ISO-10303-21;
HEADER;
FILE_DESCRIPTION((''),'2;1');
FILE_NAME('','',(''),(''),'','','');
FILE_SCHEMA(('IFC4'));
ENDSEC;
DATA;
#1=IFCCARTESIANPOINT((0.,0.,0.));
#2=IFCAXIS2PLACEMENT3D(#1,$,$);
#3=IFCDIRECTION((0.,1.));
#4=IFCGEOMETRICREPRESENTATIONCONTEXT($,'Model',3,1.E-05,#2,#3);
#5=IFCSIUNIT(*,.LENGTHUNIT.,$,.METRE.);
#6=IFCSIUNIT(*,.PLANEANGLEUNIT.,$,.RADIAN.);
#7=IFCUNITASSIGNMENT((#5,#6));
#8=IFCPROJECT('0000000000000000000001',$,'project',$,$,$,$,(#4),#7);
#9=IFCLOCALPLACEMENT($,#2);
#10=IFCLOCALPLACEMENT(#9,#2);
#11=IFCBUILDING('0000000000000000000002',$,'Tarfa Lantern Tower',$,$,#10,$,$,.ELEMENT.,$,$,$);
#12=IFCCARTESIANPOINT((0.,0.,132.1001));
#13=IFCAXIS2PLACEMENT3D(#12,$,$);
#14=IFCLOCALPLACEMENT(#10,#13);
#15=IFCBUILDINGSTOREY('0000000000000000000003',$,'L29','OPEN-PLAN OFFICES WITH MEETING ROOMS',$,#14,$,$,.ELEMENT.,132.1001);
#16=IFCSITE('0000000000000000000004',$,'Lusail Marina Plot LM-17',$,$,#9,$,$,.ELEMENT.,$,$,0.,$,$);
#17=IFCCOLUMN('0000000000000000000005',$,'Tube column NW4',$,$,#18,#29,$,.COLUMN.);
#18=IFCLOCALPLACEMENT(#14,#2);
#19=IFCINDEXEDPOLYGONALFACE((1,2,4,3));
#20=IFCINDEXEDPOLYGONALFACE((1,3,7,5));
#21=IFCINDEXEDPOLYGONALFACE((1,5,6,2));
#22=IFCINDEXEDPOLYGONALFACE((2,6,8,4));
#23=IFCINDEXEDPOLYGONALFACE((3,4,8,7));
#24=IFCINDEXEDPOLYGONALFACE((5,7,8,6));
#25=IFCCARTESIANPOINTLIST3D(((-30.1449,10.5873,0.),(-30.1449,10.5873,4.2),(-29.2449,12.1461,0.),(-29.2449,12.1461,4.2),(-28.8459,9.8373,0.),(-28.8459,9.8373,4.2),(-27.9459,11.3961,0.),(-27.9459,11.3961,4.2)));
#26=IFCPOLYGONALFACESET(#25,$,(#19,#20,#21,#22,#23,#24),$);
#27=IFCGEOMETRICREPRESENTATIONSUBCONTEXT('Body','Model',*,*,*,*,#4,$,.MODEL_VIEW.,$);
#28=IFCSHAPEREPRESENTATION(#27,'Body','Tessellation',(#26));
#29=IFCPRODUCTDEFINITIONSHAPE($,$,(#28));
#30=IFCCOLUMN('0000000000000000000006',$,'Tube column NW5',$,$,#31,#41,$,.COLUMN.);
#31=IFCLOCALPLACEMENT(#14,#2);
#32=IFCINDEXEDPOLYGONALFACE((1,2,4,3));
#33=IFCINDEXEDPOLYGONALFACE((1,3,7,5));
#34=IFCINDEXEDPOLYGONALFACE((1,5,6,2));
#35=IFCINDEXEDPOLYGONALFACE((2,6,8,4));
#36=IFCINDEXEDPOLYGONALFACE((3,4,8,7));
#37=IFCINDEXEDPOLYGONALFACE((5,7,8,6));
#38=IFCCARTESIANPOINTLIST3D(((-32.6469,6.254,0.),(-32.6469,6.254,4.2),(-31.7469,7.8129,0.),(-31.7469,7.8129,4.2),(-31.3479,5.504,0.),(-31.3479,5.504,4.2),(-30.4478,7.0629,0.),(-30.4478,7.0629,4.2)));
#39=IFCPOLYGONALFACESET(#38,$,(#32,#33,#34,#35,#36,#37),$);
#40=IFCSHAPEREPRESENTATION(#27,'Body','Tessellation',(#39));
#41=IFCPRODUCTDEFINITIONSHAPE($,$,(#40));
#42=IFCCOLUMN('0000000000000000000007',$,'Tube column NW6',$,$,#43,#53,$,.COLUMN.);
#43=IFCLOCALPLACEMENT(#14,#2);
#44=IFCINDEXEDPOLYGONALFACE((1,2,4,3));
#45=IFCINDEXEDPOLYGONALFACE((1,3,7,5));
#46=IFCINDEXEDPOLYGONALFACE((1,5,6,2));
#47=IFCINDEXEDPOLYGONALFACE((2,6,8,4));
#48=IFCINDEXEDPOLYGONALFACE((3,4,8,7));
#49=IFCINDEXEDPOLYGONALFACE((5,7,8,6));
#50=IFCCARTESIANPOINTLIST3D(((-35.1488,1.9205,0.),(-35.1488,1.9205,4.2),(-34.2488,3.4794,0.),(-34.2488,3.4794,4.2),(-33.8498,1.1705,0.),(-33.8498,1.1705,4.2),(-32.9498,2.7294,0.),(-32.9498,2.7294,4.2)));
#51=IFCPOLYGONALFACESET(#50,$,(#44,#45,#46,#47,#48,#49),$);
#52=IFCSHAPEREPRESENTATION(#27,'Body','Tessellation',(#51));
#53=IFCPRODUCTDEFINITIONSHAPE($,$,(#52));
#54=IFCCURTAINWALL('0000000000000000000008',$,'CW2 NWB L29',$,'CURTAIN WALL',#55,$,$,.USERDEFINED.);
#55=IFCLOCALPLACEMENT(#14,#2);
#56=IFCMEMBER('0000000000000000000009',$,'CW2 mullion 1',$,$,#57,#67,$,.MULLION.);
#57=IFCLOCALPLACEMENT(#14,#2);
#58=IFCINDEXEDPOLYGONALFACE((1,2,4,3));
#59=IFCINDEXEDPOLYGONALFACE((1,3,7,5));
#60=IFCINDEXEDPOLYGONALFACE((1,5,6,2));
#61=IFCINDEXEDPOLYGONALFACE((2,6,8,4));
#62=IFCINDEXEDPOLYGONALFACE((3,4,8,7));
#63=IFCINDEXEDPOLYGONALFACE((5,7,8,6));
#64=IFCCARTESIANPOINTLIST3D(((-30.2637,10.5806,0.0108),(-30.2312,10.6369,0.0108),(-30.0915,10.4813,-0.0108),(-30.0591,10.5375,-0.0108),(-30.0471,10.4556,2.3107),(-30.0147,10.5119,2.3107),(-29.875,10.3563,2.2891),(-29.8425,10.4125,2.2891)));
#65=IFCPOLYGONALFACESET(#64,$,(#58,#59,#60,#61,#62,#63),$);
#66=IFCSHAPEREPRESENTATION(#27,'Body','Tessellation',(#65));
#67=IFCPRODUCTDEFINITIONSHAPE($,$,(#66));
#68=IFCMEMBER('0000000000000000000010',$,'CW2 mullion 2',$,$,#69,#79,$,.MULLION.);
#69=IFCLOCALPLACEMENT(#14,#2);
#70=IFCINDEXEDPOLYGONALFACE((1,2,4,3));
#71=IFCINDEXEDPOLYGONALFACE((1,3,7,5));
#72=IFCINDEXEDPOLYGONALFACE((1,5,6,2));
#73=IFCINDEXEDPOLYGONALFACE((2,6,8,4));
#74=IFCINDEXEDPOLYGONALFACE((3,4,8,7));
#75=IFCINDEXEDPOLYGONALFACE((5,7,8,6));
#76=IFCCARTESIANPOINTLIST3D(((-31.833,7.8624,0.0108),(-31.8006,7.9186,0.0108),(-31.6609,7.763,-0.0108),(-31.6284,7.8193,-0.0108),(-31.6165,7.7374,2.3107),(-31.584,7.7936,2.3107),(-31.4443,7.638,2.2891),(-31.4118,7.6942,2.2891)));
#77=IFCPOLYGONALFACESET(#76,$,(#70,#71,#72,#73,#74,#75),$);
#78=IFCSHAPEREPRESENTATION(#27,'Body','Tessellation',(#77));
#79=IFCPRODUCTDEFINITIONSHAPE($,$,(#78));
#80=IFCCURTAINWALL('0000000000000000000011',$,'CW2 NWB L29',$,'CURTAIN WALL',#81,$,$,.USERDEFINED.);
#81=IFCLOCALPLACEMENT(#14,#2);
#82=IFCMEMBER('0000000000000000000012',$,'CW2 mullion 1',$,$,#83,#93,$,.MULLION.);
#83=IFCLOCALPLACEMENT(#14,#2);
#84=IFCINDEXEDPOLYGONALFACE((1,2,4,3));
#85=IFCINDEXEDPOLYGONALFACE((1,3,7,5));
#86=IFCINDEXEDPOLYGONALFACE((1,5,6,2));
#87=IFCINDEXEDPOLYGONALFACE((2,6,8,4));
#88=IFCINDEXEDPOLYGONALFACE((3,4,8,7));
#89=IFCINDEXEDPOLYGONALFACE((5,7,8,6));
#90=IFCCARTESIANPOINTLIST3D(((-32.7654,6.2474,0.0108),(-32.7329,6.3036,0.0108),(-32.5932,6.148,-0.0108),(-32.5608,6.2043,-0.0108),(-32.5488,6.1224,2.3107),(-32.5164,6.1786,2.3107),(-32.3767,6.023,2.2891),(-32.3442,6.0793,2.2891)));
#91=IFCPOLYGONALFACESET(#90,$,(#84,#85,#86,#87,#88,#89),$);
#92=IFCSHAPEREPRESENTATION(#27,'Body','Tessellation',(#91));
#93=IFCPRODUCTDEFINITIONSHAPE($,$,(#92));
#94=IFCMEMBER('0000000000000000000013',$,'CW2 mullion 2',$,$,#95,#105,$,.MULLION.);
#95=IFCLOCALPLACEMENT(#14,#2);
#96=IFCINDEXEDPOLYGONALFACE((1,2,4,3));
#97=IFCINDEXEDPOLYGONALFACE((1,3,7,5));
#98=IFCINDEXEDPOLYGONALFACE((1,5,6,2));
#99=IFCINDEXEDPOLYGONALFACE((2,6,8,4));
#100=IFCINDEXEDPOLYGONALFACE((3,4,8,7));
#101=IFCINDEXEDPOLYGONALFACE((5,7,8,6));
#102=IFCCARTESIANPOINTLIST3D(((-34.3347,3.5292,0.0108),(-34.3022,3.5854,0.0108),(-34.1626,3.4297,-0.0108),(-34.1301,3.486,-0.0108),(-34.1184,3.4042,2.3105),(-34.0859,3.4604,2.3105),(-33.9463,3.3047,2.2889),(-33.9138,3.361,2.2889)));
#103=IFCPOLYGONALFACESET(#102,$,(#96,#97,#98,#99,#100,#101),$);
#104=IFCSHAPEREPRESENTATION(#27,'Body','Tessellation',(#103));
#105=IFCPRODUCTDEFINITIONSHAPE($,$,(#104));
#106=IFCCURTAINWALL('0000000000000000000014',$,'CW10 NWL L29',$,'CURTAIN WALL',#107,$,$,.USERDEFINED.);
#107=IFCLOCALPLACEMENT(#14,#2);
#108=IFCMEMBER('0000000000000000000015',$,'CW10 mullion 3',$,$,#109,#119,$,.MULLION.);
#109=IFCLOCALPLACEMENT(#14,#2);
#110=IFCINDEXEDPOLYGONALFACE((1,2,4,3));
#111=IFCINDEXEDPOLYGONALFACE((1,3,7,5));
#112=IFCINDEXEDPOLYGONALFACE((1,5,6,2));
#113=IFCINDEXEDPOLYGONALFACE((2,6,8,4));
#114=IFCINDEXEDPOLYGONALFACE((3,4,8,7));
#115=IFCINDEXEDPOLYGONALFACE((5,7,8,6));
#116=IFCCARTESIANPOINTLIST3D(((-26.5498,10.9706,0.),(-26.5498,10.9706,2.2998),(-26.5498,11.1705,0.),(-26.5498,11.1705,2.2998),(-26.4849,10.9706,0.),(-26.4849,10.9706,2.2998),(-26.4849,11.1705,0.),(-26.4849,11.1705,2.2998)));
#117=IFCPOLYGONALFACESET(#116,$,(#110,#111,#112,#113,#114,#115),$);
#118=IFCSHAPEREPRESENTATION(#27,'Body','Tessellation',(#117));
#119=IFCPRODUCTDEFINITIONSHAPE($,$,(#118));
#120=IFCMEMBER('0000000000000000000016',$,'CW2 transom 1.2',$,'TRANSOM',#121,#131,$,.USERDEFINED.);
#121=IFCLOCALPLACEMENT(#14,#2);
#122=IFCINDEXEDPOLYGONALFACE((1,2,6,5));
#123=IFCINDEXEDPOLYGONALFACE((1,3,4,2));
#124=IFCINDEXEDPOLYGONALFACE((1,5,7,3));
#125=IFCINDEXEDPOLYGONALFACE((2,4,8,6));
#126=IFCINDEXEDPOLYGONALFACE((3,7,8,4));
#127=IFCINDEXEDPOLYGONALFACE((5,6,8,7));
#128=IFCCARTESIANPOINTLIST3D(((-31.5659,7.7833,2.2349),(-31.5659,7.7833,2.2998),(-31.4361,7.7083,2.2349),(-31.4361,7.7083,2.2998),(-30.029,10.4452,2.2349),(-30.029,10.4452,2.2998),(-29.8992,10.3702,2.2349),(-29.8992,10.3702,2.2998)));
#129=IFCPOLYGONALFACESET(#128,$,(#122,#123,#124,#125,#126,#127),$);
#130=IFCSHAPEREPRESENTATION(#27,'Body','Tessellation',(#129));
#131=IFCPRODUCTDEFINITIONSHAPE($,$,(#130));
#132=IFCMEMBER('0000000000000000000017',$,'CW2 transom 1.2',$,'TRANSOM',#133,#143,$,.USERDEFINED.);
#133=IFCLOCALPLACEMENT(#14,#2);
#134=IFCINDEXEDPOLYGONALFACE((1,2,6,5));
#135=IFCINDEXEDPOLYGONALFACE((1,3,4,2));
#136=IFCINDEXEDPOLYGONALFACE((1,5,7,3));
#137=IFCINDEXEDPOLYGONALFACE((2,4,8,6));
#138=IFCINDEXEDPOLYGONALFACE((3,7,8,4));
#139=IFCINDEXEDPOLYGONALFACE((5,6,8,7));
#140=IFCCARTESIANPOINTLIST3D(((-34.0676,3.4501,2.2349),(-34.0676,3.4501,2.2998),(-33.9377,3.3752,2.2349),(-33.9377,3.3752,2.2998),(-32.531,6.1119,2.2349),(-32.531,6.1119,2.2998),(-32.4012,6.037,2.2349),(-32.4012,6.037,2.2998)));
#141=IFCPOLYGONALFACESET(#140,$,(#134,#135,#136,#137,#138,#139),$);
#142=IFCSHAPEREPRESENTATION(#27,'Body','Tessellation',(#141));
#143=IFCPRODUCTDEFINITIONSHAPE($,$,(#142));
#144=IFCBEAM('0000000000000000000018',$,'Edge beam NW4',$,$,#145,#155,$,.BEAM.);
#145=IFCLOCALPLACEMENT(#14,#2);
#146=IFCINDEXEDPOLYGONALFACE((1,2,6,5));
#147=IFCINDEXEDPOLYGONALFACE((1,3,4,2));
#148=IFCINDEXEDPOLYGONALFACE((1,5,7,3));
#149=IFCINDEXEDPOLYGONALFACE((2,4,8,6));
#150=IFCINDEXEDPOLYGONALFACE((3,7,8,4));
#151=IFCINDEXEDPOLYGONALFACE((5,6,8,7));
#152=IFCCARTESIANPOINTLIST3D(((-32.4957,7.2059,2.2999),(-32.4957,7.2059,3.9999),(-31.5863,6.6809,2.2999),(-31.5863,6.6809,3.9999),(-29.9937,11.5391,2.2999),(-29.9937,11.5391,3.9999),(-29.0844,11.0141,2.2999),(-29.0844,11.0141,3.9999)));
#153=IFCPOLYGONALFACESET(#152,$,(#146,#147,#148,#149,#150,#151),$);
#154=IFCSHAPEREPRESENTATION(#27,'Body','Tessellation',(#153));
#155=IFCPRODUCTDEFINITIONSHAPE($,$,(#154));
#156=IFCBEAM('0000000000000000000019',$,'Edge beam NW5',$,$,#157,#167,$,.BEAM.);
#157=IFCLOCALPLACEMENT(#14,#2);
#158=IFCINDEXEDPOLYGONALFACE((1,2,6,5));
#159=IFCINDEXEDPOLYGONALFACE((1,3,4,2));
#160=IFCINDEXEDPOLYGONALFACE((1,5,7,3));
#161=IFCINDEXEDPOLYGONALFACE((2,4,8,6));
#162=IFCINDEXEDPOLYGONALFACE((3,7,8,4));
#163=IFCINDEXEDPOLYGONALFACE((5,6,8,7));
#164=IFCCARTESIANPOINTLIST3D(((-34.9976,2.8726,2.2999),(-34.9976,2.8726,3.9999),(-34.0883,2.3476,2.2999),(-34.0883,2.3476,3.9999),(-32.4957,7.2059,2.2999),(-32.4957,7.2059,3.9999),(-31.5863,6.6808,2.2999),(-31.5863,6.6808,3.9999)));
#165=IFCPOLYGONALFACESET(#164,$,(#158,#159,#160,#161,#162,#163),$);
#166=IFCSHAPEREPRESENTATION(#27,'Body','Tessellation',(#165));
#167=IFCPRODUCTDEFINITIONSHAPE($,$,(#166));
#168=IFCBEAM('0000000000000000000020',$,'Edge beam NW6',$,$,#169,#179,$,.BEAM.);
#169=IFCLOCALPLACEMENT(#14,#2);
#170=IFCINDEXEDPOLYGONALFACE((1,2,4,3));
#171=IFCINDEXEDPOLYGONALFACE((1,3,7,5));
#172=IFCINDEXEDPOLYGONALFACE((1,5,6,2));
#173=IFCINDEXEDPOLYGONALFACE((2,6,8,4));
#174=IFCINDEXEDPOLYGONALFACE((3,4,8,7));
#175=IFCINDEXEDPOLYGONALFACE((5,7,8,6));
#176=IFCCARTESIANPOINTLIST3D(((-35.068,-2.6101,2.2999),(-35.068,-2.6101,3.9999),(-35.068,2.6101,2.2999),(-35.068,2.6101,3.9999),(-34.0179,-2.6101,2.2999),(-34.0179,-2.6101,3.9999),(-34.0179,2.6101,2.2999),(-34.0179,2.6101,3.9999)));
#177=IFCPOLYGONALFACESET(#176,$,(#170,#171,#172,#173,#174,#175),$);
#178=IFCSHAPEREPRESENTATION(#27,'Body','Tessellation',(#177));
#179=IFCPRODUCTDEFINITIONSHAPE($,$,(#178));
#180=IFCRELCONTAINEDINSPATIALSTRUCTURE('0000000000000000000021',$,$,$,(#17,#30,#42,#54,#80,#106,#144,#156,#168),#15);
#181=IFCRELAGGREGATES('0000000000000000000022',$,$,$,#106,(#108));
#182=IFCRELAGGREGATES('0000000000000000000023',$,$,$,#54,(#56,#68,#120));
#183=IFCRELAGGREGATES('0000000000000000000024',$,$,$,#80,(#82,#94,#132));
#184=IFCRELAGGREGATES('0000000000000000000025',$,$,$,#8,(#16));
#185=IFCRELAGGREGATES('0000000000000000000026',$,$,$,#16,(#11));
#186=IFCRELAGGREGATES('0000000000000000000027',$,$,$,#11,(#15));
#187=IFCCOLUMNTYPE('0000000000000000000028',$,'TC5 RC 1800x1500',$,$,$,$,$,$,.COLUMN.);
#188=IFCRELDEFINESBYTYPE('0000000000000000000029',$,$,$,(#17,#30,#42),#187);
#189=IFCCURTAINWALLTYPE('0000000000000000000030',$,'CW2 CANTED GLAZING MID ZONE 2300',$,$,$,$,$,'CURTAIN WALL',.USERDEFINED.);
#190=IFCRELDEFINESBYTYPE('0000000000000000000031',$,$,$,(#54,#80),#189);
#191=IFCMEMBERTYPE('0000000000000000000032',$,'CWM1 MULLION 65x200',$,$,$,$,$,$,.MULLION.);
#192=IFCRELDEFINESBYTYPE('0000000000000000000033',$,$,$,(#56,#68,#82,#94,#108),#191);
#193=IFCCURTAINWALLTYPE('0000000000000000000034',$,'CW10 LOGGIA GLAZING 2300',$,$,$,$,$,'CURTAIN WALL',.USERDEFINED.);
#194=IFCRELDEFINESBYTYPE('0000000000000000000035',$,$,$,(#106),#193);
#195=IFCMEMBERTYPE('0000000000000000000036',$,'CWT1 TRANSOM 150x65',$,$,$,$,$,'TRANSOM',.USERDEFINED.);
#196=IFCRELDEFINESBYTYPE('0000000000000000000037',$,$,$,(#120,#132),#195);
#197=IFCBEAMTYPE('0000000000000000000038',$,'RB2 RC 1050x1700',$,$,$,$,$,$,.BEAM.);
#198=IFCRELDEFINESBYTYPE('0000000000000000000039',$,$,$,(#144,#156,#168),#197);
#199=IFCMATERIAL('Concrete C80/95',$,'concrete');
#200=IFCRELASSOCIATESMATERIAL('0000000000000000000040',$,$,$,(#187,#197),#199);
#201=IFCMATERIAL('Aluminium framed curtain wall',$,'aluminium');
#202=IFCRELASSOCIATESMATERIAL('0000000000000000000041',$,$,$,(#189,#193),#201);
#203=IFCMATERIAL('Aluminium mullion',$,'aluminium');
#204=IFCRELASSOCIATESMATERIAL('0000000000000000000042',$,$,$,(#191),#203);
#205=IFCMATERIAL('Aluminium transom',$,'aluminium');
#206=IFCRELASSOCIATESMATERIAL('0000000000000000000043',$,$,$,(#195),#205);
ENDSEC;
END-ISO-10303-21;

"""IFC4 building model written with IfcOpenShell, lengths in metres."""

from ifc_helpers import new_model, si_unit, direction, frame, origin, origin_2d, place, context, subcontext, project, spatial, rectangle, extrude, material, material_profile, profile_set, type_object, element, aggregate, save


model = new_model("IFC4")

# Units and contexts
model_context = context("Model", 3, precision=1e-05, world=origin(), true_north=direction((0.0, 1.0)))
body_context = subcontext(model_context, "Body", "Model", "MODEL_VIEW")
ifc_project = project(units=[si_unit("LENGTHUNIT", "METRE"), si_unit("PLANEANGLEUNIT", "RADIAN")], contexts=[model_context])

# Site, building, storey
site_placement = place(None, origin())
site = spatial("IfcSite", under=ifc_project, at=site_placement, Name="Lusail Marina Plot LM-17", CompositionType="ELEMENT", RefElevation=0.0)
building_placement = place(site_placement, origin())
building = spatial("IfcBuilding", under=site, at=building_placement, Name="Tarfa Lantern Tower", CompositionType="ELEMENT")
storey_placement = place(building_placement, frame((0.0, 0.0, 132.1001)))
storey = spatial("IfcBuildingStorey", under=building, at=storey_placement, Name="L29", Description="OPEN-PLAN OFFICES WITH MEETING ROOMS", CompositionType="ELEMENT", Elevation=132.1001)

# Columns
ifc_material_1 = material(Name="Concrete C80/95", Category="concrete")
ifc_material_profile_1 = material_profile(ifc_material_1, rectangle(XDim=1.8, YDim=1.5, at=origin_2d()), Name="RC 1800x1500")
ifc_profile_set_1 = profile_set([ifc_material_profile_1], Name="Concrete C80/95")
column_type = type_object("IfcColumnType", Name="TC5 RC 1800x1500", PredefinedType="COLUMN", material=ifc_profile_set_1)
for number, where, z_axis, x_axis, name in (
    (1, (-29.0454, 10.9917, 0.0), (0.0, 0.0, 1.0), (-0.5, -0.866025, 0.0), "Tube column NW4"),
    (2, (-31.5474, 6.6584, 0.0), (0.0, 0.0, 1.0), (-0.5, -0.866025, 0.0), "Tube column NW5"),
    (3, (-34.0493, 2.325, 0.0), (0.0, 0.0, 1.0), (-0.5, -0.866025, 0.0), "Tube column NW6"),
):
    element("IfcColumn", number, at=place(storey_placement, frame(where, z_axis=z_axis, x_axis=x_axis)), inside=storey, type_object=column_type, Name=name, PredefinedType="COLUMN", context=body_context, shape_type="SweptSolid", body=[
        extrude(rectangle(XDim=1.8, YDim=1.5, at=origin_2d()), origin(), (0.0, 0.0, 1.0), 4.2),
    ])

# Curtain walls, members
ifc_material_2 = material(Name="Aluminium framed curtain wall", Category="aluminium")
curtain_wall_type_1 = type_object("IfcCurtainWallType", Name="CW2 CANTED GLAZING MID ZONE 2300", ElementType="CURTAIN WALL", PredefinedType="USERDEFINED", material=ifc_material_2)
curtain_wall_1_placement = place(storey_placement, origin())
curtain_wall_1 = element("IfcCurtainWall", 4, at=curtain_wall_1_placement, inside=storey, type_object=curtain_wall_type_1, Name="CW2 NWB L29", ObjectType="CURTAIN WALL", PredefinedType="USERDEFINED")
ifc_material_3 = material(Name="Aluminium mullion", Category="aluminium")
ifc_material_profile_2 = material_profile(ifc_material_3, rectangle(XDim=0.0649, YDim=0.2, at=origin_2d()), Name="AL MULLION 65x200")
ifc_profile_set_2 = profile_set([ifc_material_profile_2], Name="Aluminium mullion")
member_type_1 = type_object("IfcMemberType", Name="CWM1 MULLION 65x200", PredefinedType="MULLION", material=ifc_profile_set_2)
member_1_placement = place(storey_placement, frame((-30.1614, 10.5591, 0.0), z_axis=(0.09361, -0.054034, 0.994142), x_axis=(0.49992, 0.866072, 0.0)))
member_1 = element("IfcMember", 5, at=member_1_placement, type_object=member_type_1, Name="CW2 mullion 1", PredefinedType="MULLION", context=body_context, shape_type="SweptSolid", body=[
    extrude(rectangle(XDim=0.0649, YDim=0.2, at=origin_2d()), origin(), (0.0, 0.0, 1.0), 2.3135),
])
member_2_placement = place(storey_placement, frame((-31.7307, 7.8408, 0.0), z_axis=(0.09361, -0.054034, 0.994142), x_axis=(0.49992, 0.866072, 0.0)))
member_2 = element("IfcMember", 6, at=member_2_placement, type_object=member_type_1, Name="CW2 mullion 2", PredefinedType="MULLION", context=body_context, shape_type="SweptSolid", body=[
    extrude(rectangle(XDim=0.0649, YDim=0.2, at=origin_2d()), origin(), (0.0, 0.0, 1.0), 2.3135),
])
curtain_wall_2_placement = place(storey_placement, origin())
curtain_wall_2 = element("IfcCurtainWall", 7, at=curtain_wall_2_placement, inside=storey, type_object=curtain_wall_type_1, Name="CW2 NWB L29", ObjectType="CURTAIN WALL", PredefinedType="USERDEFINED")
member_3_placement = place(storey_placement, frame((-32.6631, 6.2258, 0.0), z_axis=(0.09361, -0.054034, 0.994142), x_axis=(0.49992, 0.866072, 0.0)))
member_3 = element("IfcMember", 8, at=member_3_placement, type_object=member_type_1, Name="CW2 mullion 1", PredefinedType="MULLION", context=body_context, shape_type="SweptSolid", body=[
    extrude(rectangle(XDim=0.0649, YDim=0.2, at=origin_2d()), origin(), (0.0, 0.0, 1.0), 2.3135),
])
member_4_placement = place(storey_placement, frame((-34.2324, 3.5076, 0.0), z_axis=(0.093505, -0.054035, 0.994151), x_axis=(0.500343, 0.865827, 0.0)))
member_4 = element("IfcMember", 9, at=member_4_placement, type_object=member_type_1, Name="CW2 mullion 2", PredefinedType="MULLION", context=body_context, shape_type="SweptSolid", body=[
    extrude(rectangle(XDim=0.0649, YDim=0.2, at=origin_2d()), origin(), (0.0, 0.0, 1.0), 2.3132),
])

# Curtain wall, member
curtain_wall_type_2 = type_object("IfcCurtainWallType", Name="CW10 LOGGIA GLAZING 2300", ElementType="CURTAIN WALL", PredefinedType="USERDEFINED", material=ifc_material_2)
curtain_wall_3_placement = place(storey_placement, origin())
curtain_wall_3 = element("IfcCurtainWall", 10, at=curtain_wall_3_placement, inside=storey, type_object=curtain_wall_type_2, Name="CW10 NWL L29", ObjectType="CURTAIN WALL", PredefinedType="USERDEFINED")
member_5_placement = place(storey_placement, frame((-26.5173, 11.0706, 0.0), z_axis=(0.0, 0.0, 1.0), x_axis=(1.0, 0.0, 0.0)))
member_5 = element("IfcMember", 11, at=member_5_placement, type_object=member_type_1, Name="CW10 mullion 3", PredefinedType="MULLION", context=body_context, shape_type="SweptSolid", body=[
    extrude(rectangle(XDim=0.0649, YDim=0.2, at=origin_2d()), origin(), (0.0, 0.0, 1.0), 2.2998),
])
aggregate(curtain_wall_3, [member_5])

# Members
ifc_material_4 = material(Name="Aluminium transom", Category="aluminium")
ifc_material_profile_3 = material_profile(ifc_material_4, rectangle(XDim=0.1499, YDim=0.0649, at=origin_2d()), Name="AL TRANSOM 150x65")
ifc_profile_set_3 = profile_set([ifc_material_profile_3], Name="Aluminium transom")
member_type_2 = type_object("IfcMemberType", Name="CWT1 TRANSOM 150x65", ElementType="TRANSOM", PredefinedType="USERDEFINED", material=ifc_profile_set_3)
member_6_placement = place(storey_placement, frame((-29.9641, 10.4077, 2.2673), z_axis=(-0.500009, -0.86602, 0.0), x_axis=(0.86602, -0.500009, 0.0)))
member_6 = element("IfcMember", 12, at=member_6_placement, type_object=member_type_2, Name="CW2 transom 1.2", ObjectType="TRANSOM", PredefinedType="USERDEFINED", context=body_context, shape_type="SweptSolid", body=[
    extrude(rectangle(XDim=0.1499, YDim=0.0649, at=origin_2d()), origin(), (0.0, 0.0, 1.0), 3.0737),
])
member_7_placement = place(storey_placement, frame((-32.4661, 6.0745, 2.2673), z_axis=(-0.499949, -0.866055, 0.0), x_axis=(0.866055, -0.499949, 0.0)))
member_7 = element("IfcMember", 13, at=member_7_placement, type_object=member_type_2, Name="CW2 transom 1.2", ObjectType="TRANSOM", PredefinedType="USERDEFINED", context=body_context, shape_type="SweptSolid", body=[
    extrude(rectangle(XDim=0.1499, YDim=0.0649, at=origin_2d()), origin(), (0.0, 0.0, 1.0), 3.0735),
])

# Beams
ifc_material_profile_4 = material_profile(ifc_material_1, rectangle(XDim=1.05, YDim=1.7, at=origin_2d()), Name="RC 1050x1700")
ifc_profile_set_4 = profile_set([ifc_material_profile_4], Name="Concrete C80/95")
beam_type_1 = type_object("IfcBeamType", Name="RB2 RC 1050x1700", PredefinedType="BEAM", material=ifc_profile_set_4)
for number, where, z_axis, x_axis, name in (
    (14, (-29.5391, 11.2766, 3.1499), (-0.500022, -0.866013, 0.0), (0.866013, -0.500022, 0.0), "Edge beam NW4"),
    (15, (-32.041, 6.9434, 3.1499), (-0.500022, -0.866013, 0.0), (0.866013, -0.500022, 0.0), "Edge beam NW5"),
):
    element("IfcBeam", number, at=place(storey_placement, frame(where, z_axis=z_axis, x_axis=x_axis)), inside=storey, type_object=beam_type_1, Name=name, PredefinedType="BEAM", context=body_context, shape_type="SweptSolid", body=[
        extrude(rectangle(XDim=1.05, YDim=1.7, at=origin_2d()), origin(), (0.0, 0.0, 1.0), 5.0037),
    ])
beam_1_placement = place(storey_placement, frame((-34.543, 2.6101, 3.1499), z_axis=(0.0, -1.0, 0.0), x_axis=(1.0, 0.0, 0.0)))
element("IfcBeam", 16, at=beam_1_placement, inside=storey, type_object=beam_type_1, Name="Edge beam NW6", PredefinedType="BEAM", context=body_context, shape_type="SweptSolid", body=[
    extrude(rectangle(XDim=1.05, YDim=1.7, at=origin_2d()), origin(), (0.0, 0.0, 1.0), 5.2202),
])

aggregate(curtain_wall_1, [member_1, member_2, member_6])
aggregate(curtain_wall_2, [member_3, member_4, member_7])

save(model, "model.ifc")
